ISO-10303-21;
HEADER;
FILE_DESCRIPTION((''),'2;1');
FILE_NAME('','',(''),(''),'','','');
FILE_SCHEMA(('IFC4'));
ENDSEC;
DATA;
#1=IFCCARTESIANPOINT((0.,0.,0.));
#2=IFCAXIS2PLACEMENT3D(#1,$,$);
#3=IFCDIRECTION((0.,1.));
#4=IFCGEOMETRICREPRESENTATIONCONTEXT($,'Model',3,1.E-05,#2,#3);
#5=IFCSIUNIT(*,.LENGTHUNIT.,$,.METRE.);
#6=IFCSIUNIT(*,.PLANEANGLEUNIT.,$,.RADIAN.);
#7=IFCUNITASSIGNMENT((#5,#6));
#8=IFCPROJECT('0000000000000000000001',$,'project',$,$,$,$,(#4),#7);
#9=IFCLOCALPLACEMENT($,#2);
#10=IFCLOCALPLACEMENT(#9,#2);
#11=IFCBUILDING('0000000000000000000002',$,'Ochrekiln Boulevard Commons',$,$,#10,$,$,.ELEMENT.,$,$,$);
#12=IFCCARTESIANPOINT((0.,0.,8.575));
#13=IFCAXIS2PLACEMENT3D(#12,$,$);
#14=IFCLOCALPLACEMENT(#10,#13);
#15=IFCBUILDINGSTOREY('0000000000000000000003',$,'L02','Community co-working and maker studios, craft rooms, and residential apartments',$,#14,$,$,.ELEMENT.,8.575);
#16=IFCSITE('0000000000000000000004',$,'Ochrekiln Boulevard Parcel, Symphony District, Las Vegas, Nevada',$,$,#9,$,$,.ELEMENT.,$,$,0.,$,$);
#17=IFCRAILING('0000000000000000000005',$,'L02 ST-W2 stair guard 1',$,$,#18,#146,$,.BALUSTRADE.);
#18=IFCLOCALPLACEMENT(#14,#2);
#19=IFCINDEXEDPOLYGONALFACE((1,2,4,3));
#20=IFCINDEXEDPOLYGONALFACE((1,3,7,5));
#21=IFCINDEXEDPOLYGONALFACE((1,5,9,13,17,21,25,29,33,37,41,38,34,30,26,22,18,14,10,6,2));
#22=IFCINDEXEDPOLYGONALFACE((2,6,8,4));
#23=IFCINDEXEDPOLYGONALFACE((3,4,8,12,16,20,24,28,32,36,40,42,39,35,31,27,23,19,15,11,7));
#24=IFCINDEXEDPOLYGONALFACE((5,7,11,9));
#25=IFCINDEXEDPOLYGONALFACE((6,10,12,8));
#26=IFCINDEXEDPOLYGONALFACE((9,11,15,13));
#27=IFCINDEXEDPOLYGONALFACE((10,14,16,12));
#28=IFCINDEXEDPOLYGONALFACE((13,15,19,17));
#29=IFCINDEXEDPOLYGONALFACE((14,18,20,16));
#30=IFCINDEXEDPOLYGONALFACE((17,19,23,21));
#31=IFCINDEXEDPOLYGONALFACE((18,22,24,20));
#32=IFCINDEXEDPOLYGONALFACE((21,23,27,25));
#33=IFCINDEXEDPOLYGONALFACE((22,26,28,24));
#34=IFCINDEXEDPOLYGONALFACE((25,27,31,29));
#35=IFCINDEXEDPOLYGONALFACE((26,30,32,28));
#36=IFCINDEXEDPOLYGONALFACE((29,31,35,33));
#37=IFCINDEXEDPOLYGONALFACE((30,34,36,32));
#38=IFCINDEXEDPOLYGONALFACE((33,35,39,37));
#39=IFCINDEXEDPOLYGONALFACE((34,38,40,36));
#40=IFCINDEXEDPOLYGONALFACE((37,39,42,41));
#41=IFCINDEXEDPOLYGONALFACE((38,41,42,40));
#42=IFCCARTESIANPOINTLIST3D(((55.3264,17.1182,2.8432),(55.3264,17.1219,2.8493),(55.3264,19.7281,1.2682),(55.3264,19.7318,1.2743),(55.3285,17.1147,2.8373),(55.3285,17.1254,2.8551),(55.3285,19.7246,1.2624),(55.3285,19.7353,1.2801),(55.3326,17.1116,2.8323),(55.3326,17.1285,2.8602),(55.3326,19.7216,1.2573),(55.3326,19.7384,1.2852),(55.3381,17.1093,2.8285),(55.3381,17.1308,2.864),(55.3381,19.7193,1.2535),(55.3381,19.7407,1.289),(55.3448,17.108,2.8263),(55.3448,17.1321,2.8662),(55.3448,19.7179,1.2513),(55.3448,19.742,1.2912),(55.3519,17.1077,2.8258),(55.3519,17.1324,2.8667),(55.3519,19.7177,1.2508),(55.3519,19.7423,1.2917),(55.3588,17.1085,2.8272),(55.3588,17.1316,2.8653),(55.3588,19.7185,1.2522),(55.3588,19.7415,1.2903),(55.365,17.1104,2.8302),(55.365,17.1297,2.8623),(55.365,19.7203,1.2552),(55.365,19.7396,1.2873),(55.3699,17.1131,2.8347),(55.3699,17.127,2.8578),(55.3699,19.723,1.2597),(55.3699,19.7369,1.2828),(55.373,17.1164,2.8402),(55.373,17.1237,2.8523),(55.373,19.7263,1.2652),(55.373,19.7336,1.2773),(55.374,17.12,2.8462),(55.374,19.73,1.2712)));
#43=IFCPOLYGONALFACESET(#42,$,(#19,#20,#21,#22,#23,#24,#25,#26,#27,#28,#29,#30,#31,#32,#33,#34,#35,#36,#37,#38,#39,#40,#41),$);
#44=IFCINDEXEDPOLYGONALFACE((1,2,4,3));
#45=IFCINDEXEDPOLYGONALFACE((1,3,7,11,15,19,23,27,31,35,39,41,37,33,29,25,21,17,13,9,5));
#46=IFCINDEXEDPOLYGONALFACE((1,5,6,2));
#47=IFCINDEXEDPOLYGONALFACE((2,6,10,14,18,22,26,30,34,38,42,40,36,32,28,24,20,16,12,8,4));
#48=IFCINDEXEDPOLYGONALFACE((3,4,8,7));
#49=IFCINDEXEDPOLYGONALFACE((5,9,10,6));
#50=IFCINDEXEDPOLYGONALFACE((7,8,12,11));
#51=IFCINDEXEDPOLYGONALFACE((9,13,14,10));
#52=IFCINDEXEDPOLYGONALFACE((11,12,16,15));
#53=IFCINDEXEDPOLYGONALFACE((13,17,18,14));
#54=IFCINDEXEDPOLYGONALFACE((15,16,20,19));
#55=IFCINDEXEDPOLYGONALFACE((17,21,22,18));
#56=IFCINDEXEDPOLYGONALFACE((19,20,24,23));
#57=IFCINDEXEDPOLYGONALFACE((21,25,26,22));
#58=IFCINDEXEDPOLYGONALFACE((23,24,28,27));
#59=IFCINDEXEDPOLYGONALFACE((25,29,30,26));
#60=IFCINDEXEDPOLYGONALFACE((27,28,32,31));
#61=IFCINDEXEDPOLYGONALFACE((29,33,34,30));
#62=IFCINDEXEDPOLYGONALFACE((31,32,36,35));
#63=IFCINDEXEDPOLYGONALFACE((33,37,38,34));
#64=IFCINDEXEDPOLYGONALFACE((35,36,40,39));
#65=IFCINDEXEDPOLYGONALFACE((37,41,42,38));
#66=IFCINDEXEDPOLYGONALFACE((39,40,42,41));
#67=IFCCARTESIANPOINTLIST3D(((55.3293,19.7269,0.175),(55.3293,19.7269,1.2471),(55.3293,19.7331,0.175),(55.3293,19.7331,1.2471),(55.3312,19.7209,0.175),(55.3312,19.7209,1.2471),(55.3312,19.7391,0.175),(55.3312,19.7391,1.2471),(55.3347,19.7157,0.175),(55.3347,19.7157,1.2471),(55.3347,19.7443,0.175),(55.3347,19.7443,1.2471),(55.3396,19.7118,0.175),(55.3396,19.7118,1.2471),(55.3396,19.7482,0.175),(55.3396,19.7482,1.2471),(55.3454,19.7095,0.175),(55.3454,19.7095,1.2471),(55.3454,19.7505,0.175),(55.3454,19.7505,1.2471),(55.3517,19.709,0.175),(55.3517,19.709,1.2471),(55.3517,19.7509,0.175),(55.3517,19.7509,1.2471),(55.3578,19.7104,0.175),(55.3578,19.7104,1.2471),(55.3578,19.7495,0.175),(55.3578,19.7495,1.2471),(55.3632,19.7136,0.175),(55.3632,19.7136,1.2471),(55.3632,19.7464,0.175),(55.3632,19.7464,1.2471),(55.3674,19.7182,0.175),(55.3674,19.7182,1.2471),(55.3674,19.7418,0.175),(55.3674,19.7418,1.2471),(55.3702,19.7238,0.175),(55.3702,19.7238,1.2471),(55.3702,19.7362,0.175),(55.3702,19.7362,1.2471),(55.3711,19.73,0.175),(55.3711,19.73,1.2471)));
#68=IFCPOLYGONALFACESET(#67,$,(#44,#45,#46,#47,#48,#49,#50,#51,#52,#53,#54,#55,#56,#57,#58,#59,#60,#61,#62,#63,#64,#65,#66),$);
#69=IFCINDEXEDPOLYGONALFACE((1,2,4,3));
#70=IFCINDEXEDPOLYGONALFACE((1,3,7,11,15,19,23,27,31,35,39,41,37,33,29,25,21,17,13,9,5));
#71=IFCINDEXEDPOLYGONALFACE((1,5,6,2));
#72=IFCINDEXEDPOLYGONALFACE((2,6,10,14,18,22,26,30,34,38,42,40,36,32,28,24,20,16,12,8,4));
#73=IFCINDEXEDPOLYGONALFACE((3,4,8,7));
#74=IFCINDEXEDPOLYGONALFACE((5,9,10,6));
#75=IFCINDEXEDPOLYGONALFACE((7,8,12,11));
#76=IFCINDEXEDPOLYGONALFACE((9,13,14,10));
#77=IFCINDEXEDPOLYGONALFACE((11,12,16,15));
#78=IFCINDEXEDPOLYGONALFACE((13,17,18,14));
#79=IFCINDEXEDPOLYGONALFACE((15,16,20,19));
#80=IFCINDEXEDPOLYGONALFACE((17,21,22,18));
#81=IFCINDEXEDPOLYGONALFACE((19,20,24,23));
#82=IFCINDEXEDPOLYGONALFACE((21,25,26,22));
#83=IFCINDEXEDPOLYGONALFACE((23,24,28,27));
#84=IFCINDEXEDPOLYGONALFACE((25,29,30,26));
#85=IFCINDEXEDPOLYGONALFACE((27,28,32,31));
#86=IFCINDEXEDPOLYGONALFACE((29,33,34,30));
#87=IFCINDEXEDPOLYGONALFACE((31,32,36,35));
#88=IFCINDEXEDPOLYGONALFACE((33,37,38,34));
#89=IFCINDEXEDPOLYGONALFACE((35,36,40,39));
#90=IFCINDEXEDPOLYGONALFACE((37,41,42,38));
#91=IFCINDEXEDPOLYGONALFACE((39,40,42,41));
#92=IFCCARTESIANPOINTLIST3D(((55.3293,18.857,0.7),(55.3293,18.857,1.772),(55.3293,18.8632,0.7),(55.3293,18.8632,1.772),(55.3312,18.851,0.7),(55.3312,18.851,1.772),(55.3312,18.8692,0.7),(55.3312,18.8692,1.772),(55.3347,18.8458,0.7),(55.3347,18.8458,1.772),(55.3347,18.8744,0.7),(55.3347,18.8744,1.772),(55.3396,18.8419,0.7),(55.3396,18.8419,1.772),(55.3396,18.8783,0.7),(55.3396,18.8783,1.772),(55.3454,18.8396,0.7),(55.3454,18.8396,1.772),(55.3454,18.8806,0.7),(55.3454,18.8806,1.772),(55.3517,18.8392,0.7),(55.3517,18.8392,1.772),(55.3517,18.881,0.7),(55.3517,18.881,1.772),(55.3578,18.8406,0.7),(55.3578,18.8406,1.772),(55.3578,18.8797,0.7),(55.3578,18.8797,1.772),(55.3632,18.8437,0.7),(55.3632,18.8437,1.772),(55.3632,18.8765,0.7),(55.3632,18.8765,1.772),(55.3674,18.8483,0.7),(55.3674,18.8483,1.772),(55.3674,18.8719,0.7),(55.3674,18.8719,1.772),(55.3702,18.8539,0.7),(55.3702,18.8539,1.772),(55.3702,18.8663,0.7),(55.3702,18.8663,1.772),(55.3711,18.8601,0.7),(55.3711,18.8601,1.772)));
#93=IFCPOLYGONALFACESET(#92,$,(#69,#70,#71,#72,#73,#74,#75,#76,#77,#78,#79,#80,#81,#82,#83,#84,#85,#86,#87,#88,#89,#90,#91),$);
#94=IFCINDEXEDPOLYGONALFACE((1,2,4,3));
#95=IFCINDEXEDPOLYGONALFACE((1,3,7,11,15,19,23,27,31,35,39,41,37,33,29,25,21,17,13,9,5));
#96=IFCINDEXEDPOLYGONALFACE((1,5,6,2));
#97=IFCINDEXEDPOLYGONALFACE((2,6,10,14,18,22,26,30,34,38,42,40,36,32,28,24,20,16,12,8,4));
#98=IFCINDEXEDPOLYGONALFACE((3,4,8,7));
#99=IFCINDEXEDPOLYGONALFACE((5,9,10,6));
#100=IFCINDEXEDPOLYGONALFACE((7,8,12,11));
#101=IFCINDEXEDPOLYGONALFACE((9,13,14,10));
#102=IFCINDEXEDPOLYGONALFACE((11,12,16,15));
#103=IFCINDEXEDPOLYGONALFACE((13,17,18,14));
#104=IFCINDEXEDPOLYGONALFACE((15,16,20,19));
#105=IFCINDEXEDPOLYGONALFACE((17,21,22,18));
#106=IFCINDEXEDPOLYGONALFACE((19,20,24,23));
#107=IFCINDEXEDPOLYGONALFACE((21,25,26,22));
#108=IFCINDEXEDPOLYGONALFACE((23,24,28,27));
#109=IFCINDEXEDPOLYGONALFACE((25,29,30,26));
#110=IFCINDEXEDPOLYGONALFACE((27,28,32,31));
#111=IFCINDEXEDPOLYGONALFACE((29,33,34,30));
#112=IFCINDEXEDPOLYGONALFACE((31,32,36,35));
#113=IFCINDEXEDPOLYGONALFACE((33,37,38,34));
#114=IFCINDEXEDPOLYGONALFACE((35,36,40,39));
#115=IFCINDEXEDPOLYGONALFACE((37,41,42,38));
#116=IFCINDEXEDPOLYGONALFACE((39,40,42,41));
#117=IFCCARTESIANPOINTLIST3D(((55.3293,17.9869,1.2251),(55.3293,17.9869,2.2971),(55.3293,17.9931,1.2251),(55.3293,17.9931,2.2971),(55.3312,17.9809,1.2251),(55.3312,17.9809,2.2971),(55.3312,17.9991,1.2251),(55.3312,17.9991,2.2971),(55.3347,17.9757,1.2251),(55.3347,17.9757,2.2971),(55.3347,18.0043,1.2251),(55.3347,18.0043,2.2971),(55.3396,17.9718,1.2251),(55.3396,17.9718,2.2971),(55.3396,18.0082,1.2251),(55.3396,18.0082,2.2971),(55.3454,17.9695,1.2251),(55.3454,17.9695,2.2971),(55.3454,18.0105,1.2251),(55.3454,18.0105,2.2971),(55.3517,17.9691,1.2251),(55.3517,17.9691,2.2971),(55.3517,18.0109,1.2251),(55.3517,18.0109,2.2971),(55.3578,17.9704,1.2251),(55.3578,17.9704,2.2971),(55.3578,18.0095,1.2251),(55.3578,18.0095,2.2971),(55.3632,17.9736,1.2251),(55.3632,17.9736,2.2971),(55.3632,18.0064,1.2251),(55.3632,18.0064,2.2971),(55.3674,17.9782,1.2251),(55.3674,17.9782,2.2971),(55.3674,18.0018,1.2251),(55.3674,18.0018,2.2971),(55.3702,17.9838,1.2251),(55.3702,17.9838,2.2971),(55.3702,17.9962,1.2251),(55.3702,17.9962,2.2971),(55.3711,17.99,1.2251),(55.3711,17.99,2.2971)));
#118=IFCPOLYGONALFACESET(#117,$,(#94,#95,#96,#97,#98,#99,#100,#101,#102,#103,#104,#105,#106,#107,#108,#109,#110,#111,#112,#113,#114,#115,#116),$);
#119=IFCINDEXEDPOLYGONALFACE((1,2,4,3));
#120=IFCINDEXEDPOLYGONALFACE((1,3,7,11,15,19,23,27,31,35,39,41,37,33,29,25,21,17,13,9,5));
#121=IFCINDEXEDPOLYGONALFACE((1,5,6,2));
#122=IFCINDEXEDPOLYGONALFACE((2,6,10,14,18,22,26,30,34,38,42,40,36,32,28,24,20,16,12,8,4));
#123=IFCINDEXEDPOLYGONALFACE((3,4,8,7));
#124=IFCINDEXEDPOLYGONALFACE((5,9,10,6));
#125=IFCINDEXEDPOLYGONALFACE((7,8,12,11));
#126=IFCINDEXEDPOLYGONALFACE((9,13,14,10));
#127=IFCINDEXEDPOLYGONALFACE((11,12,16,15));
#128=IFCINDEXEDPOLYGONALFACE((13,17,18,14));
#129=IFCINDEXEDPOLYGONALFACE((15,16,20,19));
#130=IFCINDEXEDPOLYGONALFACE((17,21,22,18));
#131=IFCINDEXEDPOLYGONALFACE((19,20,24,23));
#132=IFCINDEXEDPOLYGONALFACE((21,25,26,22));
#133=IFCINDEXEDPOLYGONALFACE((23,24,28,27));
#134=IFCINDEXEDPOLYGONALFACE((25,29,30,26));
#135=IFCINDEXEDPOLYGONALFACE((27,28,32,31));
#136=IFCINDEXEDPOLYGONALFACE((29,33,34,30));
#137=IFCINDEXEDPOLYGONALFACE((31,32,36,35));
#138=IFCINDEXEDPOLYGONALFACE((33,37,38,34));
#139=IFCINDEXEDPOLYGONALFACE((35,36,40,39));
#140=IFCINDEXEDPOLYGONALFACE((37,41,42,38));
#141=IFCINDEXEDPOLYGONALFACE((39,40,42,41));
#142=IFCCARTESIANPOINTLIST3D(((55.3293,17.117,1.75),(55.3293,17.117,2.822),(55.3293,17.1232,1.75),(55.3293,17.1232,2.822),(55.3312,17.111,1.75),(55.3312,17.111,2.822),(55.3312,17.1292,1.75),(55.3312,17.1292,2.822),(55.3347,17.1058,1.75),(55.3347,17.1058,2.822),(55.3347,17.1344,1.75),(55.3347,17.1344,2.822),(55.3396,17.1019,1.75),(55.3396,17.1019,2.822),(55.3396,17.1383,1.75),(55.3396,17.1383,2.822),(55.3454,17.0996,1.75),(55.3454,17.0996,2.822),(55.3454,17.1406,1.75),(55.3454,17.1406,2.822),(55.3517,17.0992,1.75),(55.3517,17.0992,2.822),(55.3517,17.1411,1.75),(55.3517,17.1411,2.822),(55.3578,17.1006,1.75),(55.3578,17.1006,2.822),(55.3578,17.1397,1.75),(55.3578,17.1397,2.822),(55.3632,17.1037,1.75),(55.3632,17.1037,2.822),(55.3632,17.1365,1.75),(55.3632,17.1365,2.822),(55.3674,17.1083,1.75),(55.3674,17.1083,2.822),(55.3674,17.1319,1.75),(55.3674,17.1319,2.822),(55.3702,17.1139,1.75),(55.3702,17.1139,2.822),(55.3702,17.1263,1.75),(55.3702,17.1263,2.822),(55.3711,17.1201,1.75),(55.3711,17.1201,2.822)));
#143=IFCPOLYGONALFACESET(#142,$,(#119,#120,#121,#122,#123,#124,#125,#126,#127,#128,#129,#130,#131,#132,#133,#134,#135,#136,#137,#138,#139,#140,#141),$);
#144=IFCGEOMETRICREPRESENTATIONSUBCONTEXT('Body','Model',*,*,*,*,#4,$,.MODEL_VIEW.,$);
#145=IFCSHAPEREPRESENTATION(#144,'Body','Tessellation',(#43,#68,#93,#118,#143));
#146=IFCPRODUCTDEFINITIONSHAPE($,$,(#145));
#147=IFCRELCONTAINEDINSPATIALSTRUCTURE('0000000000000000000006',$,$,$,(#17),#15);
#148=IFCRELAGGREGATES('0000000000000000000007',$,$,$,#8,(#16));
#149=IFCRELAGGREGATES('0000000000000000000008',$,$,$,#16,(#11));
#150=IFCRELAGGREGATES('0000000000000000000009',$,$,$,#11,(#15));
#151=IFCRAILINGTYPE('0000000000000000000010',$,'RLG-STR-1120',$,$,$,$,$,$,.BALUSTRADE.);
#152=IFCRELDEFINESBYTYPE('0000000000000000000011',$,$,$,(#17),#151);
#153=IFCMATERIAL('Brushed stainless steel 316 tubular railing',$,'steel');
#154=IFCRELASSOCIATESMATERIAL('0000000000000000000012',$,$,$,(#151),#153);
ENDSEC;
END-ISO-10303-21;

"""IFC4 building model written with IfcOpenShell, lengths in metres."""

from ifc_helpers import new_model, si_unit, direction, frame, origin, origin_2d, place, context, subcontext, project, spatial, circle, extrude, material, type_object, element, save


model = new_model("IFC4")

# Units and contexts
model_context = context("Model", 3, precision=1e-05, world=origin(), true_north=direction((0.0, 1.0)))
body_context = subcontext(model_context, "Body", "Model", "MODEL_VIEW")
ifc_project = project(units=[si_unit("LENGTHUNIT", "METRE"), si_unit("PLANEANGLEUNIT", "RADIAN")], contexts=[model_context])

# Site, building, storey
site_placement = place(None, origin())
site = spatial("IfcSite", under=ifc_project, at=site_placement, Name="Ochrekiln Boulevard Parcel, Symphony District, Las Vegas, Nevada", CompositionType="ELEMENT", RefElevation=0.0)
building_placement = place(site_placement, origin())
building = spatial("IfcBuilding", under=site, at=building_placement, Name="Ochrekiln Boulevard Commons", CompositionType="ELEMENT")
storey_placement = place(building_placement, frame((0.0, 0.0, 8.575)))
storey = spatial("IfcBuildingStorey", under=building, at=storey_placement, Name="L02", Description="Community co-working and maker studios, craft rooms, and residential apartments", CompositionType="ELEMENT", Elevation=8.575)

# Railing
ifc_material_1 = material(Name="Brushed stainless steel 316 tubular railing", Category="steel")
railing_type_1 = type_object("IfcRailingType", Name="RLG-STR-1120", PredefinedType="BALUSTRADE", material=ifc_material_1)
railing_1_placement = place(storey_placement, frame((55.3501, 19.73, 0.175)))
element("IfcRailing", 1, at=railing_1_placement, inside=storey, type_object=railing_type_1, Name="L02 ST-W2 stair guard 1", PredefinedType="BALUSTRADE", context=body_context, shape_type="SweptSolid", body=[
    extrude(circle(Radius=0.0239, at=origin_2d()), frame((0.0, 0.0, 1.0962), z_axis=(0.0, -0.856183, 0.516673), x_axis=(1.0, 0.0, 0.0)), (0.0, 0.0, 1.0), 3.0483),
    extrude(circle(Radius=0.021, at=origin_2d()), origin(), (0.0, 0.0, 1.0), 1.072),
    extrude(circle(Radius=0.021, at=origin_2d()), frame((0.0, -0.8699, 0.5249)), (0.0, 0.0, 1.0), 1.072),
    extrude(circle(Radius=0.021, at=origin_2d()), frame((0.0, -1.74, 1.05)), (0.0, 0.0, 1.0), 1.072),
    extrude(circle(Radius=0.021, at=origin_2d()), frame((0.0, -2.6099, 1.575)), (0.0, 0.0, 1.0), 1.072),
])

save(model, "model.ifc")
